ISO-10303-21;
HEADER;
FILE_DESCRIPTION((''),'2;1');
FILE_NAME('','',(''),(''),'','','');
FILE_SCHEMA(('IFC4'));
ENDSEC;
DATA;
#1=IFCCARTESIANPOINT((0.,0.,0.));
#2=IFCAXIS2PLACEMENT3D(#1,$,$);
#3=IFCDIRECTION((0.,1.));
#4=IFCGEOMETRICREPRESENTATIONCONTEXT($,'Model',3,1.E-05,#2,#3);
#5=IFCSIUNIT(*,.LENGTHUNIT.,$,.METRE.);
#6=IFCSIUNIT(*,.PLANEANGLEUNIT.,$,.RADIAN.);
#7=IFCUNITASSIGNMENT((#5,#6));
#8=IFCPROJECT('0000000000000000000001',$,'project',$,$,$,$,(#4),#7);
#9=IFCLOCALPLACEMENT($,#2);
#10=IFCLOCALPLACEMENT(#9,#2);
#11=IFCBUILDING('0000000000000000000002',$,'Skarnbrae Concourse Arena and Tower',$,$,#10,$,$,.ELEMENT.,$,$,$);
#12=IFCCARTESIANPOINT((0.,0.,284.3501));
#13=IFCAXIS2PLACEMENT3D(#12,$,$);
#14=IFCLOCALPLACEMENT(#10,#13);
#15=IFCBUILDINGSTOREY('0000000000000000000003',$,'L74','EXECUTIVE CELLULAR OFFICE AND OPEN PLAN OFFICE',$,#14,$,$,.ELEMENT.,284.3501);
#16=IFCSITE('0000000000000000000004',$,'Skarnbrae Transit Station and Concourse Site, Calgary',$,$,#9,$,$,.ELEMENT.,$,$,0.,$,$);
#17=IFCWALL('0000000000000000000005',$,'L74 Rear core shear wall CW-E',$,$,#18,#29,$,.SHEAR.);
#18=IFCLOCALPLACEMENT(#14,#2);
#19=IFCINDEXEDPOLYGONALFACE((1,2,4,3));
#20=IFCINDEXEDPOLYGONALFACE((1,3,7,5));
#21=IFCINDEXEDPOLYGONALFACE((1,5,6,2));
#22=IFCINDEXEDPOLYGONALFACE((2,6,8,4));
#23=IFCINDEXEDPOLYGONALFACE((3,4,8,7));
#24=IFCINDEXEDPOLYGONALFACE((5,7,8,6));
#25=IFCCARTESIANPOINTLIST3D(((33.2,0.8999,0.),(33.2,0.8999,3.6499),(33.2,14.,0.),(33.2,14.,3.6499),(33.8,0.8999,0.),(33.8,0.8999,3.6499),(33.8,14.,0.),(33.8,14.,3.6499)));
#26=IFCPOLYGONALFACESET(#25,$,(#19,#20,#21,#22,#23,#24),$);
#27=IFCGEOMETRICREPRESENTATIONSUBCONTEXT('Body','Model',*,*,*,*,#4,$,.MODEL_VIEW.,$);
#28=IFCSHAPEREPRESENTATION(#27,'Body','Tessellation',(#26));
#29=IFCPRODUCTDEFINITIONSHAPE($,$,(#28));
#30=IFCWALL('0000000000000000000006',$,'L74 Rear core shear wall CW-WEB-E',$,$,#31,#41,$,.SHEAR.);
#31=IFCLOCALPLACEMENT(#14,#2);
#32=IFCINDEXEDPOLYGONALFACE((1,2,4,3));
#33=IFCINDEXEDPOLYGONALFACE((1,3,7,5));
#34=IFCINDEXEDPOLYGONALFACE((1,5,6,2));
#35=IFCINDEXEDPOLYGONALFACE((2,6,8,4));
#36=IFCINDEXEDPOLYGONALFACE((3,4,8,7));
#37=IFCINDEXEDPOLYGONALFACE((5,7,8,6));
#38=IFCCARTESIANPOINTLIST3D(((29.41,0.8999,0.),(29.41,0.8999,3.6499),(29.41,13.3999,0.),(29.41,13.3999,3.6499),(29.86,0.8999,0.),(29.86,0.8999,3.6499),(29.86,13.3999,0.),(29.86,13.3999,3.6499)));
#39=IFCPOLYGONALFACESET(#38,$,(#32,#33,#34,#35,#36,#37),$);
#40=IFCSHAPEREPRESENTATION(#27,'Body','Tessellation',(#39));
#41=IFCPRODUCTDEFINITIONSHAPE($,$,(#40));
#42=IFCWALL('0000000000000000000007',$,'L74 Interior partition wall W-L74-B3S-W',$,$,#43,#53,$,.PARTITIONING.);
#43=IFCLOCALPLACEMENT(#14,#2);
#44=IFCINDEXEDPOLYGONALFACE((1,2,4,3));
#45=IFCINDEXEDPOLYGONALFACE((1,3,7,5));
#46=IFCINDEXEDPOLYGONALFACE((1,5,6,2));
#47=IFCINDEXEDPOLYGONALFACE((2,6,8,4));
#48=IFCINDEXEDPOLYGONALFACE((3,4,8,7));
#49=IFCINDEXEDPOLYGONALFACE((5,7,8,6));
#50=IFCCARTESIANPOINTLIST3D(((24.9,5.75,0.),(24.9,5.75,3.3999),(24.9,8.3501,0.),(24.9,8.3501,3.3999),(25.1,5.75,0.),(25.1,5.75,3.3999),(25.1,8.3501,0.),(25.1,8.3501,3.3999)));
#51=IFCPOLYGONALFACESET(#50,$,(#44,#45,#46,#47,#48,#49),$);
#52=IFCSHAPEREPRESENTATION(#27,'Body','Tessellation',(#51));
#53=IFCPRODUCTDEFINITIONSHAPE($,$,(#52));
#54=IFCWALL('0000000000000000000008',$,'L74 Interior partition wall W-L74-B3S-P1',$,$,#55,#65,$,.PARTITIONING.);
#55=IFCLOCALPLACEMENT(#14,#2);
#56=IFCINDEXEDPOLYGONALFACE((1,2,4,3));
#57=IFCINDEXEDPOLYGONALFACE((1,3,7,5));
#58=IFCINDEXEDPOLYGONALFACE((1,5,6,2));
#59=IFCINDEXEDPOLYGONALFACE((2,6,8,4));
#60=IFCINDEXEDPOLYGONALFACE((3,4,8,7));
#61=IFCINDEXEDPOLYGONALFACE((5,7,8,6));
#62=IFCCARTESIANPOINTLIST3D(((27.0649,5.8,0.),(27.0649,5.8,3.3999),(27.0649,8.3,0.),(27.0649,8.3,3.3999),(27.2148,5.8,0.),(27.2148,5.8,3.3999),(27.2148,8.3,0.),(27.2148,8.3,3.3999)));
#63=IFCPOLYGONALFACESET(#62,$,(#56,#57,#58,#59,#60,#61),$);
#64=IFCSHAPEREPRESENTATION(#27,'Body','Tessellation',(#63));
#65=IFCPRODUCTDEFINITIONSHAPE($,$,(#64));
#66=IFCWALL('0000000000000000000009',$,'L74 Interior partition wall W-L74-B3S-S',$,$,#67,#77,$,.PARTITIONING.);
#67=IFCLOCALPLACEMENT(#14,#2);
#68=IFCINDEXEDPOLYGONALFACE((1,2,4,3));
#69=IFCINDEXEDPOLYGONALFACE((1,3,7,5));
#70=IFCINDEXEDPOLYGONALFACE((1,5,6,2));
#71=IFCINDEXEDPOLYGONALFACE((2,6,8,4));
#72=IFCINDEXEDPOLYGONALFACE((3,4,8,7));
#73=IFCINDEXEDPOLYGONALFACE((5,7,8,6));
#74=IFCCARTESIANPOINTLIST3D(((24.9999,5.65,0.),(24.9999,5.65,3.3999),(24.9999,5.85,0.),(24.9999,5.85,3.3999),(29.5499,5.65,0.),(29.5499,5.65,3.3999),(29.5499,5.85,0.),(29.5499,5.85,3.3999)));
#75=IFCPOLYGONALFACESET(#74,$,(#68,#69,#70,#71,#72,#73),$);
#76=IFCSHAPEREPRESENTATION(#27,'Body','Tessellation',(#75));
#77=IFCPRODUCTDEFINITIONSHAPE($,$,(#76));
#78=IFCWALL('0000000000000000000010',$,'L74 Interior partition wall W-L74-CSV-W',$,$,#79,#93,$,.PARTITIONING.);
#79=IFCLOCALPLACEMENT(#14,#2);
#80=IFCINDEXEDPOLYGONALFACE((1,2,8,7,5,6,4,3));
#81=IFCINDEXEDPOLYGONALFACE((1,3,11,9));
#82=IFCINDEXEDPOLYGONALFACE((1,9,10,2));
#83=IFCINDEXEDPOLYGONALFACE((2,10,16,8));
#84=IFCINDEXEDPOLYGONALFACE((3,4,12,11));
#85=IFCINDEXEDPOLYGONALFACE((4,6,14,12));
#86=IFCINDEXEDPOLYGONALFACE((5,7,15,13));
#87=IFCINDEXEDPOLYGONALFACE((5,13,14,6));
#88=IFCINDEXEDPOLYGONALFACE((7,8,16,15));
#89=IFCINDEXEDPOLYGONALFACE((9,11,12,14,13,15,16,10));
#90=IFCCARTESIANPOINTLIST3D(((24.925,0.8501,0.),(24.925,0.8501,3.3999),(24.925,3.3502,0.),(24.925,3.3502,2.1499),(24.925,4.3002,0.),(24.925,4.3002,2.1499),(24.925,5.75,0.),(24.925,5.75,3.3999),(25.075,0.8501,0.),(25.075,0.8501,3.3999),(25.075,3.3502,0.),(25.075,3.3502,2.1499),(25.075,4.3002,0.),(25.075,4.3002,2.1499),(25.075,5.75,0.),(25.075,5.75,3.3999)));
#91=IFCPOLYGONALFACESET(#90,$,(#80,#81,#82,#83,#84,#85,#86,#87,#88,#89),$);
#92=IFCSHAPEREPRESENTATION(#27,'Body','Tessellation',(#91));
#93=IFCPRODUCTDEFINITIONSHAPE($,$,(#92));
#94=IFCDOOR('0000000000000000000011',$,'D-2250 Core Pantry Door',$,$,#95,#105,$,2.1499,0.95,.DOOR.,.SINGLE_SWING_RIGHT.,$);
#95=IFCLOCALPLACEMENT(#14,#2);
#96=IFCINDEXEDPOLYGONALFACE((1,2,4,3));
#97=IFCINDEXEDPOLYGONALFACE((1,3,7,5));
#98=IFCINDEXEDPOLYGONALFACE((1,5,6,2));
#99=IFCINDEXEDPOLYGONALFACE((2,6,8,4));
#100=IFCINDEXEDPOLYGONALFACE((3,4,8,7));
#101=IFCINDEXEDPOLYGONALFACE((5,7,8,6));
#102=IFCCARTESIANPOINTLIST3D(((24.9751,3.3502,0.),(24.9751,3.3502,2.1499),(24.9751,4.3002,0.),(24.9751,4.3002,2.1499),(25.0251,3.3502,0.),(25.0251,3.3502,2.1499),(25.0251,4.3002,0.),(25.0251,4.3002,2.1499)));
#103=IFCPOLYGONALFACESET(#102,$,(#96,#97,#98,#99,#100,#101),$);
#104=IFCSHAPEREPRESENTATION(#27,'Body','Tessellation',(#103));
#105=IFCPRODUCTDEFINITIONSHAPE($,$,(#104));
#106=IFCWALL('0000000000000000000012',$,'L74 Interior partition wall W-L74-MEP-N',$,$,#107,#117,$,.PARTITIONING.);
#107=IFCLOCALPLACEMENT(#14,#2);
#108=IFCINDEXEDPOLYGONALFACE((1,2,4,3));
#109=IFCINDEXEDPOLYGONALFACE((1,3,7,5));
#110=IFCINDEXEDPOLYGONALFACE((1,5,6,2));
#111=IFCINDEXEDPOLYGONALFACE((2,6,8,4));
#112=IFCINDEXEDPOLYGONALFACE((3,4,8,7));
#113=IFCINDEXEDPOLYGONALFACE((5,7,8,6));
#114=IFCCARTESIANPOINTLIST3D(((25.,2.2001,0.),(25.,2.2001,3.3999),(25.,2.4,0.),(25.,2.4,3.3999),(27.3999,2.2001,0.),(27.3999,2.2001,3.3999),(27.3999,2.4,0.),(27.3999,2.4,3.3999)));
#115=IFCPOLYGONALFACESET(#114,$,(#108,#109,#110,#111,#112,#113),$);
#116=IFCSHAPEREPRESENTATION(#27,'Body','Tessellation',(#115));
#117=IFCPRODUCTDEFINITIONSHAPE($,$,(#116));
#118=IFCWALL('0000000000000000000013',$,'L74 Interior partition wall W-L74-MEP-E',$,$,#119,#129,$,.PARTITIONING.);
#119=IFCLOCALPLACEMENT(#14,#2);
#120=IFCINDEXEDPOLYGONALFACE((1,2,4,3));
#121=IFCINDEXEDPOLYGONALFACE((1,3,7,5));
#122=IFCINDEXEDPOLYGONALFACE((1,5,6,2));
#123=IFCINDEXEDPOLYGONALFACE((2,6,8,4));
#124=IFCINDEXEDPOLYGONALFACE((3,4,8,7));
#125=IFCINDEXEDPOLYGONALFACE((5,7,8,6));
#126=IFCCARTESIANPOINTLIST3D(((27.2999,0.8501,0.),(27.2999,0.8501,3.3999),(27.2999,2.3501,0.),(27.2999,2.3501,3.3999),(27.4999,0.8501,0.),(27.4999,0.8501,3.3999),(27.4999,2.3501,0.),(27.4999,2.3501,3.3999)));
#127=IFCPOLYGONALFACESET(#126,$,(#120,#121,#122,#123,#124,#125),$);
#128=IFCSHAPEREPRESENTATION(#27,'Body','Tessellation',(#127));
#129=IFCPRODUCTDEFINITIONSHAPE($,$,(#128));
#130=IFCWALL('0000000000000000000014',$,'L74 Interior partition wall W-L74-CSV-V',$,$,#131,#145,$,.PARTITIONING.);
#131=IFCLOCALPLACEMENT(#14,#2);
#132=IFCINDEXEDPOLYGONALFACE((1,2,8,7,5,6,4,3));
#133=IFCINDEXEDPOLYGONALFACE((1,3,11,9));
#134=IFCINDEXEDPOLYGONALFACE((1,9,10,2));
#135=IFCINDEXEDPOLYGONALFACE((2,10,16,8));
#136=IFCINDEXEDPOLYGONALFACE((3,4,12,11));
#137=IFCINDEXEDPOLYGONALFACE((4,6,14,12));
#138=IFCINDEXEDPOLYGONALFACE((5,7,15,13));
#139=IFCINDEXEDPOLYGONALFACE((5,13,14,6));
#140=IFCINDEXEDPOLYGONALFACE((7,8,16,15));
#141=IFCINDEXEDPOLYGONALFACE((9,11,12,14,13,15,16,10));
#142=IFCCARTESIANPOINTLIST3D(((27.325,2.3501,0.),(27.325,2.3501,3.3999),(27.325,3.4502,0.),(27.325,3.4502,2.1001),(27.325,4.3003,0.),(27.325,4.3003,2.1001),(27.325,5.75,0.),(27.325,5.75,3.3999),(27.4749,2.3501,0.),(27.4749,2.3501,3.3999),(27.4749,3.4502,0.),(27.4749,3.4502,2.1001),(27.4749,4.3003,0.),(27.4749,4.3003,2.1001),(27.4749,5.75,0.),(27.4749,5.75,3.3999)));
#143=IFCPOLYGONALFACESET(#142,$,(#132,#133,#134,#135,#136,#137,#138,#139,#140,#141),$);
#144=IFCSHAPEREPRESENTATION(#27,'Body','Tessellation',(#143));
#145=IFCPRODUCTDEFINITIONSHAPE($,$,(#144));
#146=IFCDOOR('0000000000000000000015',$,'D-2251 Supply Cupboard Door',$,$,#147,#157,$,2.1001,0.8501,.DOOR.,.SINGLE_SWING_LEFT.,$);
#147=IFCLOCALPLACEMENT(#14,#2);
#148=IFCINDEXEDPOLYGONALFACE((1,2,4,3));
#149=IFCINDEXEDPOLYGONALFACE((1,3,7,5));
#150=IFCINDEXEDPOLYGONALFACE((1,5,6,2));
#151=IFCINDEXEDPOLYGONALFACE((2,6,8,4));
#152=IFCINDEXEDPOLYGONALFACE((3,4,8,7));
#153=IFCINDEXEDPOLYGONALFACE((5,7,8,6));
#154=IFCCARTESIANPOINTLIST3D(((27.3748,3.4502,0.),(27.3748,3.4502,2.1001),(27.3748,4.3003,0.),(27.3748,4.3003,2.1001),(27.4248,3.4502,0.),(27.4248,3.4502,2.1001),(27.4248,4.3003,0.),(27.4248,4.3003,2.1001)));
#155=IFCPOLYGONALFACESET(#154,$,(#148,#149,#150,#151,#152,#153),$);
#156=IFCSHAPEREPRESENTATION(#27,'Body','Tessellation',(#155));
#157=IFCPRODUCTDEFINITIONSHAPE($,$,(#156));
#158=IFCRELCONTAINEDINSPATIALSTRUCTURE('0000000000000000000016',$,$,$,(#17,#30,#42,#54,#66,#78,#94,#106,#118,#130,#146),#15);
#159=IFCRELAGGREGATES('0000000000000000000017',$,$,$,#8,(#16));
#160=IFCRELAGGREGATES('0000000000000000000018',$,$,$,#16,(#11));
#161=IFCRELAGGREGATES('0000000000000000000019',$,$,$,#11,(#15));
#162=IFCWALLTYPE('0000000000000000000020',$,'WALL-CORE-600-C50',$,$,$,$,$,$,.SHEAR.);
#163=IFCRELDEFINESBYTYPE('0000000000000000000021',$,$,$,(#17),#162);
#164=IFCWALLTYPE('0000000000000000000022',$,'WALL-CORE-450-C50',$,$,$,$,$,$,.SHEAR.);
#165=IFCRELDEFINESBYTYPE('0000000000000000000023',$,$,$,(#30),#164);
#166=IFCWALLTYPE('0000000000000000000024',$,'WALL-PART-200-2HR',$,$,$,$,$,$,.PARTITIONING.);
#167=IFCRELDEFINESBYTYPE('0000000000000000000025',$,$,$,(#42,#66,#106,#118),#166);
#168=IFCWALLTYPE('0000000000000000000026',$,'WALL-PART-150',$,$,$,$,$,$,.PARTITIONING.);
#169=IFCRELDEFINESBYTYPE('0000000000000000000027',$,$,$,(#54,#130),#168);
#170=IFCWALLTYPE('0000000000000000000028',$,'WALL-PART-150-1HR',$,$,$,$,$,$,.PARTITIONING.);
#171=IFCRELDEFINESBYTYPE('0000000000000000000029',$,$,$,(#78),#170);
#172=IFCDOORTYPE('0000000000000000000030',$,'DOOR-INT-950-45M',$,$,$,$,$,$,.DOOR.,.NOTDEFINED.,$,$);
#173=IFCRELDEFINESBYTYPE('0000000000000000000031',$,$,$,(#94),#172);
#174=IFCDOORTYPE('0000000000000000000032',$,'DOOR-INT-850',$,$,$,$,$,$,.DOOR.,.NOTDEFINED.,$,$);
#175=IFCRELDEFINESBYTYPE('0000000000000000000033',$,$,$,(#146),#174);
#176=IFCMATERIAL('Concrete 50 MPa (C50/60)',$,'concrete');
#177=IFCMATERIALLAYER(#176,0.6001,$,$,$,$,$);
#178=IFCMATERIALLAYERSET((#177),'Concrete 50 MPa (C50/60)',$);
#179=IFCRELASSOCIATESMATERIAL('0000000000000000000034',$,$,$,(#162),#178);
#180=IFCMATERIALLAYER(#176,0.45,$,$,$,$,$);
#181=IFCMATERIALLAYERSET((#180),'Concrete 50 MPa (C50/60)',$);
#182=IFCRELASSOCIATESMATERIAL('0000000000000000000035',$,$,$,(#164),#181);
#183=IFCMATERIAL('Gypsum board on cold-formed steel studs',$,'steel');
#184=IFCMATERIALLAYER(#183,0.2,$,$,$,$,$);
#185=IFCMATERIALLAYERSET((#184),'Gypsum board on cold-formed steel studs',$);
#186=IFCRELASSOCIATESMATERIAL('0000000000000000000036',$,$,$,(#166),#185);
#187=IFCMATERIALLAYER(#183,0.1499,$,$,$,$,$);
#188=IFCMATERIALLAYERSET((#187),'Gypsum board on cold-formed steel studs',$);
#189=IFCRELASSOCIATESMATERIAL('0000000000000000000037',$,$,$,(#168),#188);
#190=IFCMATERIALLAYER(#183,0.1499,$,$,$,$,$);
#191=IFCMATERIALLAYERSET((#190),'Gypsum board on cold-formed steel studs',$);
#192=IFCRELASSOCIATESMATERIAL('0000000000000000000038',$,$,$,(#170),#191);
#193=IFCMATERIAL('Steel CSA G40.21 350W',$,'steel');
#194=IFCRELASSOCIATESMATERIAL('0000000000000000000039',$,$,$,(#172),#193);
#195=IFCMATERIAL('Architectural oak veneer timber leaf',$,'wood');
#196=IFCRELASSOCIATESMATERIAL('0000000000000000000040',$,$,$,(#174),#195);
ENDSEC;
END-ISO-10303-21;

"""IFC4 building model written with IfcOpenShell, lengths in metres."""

from ifc_helpers import new_model, si_unit, direction, frame, frame_2d, origin, place, context, subcontext, project, spatial, rectangle, extrude, source, transform, mapped, material, layer, layer_set, type_object, element, fill, save


model = new_model("IFC4")

# Units and contexts
model_context = context("Model", 3, precision=1e-05, world=origin(), true_north=direction((0.0, 1.0)))
body_context = subcontext(model_context, "Body", "Model", "MODEL_VIEW")
ifc_project = project(units=[si_unit("LENGTHUNIT", "METRE"), si_unit("PLANEANGLEUNIT", "RADIAN")], contexts=[model_context])

# Site, building, storey
site_placement = place(None, origin())
site = spatial("IfcSite", under=ifc_project, at=site_placement, Name="Skarnbrae Transit Station and Concourse Site, Calgary", CompositionType="ELEMENT", RefElevation=0.0)
building_placement = place(site_placement, origin())
building = spatial("IfcBuilding", under=site, at=building_placement, Name="Skarnbrae Concourse Arena and Tower", CompositionType="ELEMENT")
storey_placement = place(building_placement, frame((0.0, 0.0, 284.3501)))
storey = spatial("IfcBuildingStorey", under=building, at=storey_placement, Name="L74", Description="EXECUTIVE CELLULAR OFFICE AND OPEN PLAN OFFICE", CompositionType="ELEMENT", Elevation=284.3501)

# Walls
ifc_material_1 = material(Name="Concrete 50 MPa (C50/60)", Category="concrete")
ifc_layer_1 = layer(ifc_material_1, 0.6001)
ifc_layer_set_1 = layer_set([ifc_layer_1], Name="Concrete 50 MPa (C50/60)")
wall_type_1 = type_object("IfcWallType", Name="WALL-CORE-600-C50", PredefinedType="SHEAR", material=ifc_layer_set_1)
shared_shape_1 = source(origin(), body_context, "Body", "SweptSolid", [
    extrude(rectangle(XDim=13.1001, YDim=0.6001, at=frame_2d((6.55, 0.0))), origin(), (0.0, 0.0, 1.0), 3.6499),
])
wall_1_placement = place(storey_placement, frame((33.5, 0.8999, 0.0), z_axis=(0.0, 0.0, 1.0), x_axis=(0.0, 1.0, 0.0)))
element("IfcWall", 1, at=wall_1_placement, inside=storey, type_object=wall_type_1, Name="L74 Rear core shear wall CW-E", PredefinedType="SHEAR", context=body_context, shape_type="MappedRepresentation", body=[
    mapped(shared_shape_1, transform((0.0, 0.0, 0.0))),
])
ifc_layer_2 = layer(ifc_material_1, 0.45)
ifc_layer_set_2 = layer_set([ifc_layer_2], Name="Concrete 50 MPa (C50/60)")
wall_type_2 = type_object("IfcWallType", Name="WALL-CORE-450-C50", PredefinedType="SHEAR", material=ifc_layer_set_2)
shared_shape_2 = source(origin(), body_context, "Body", "SweptSolid", [
    extrude(rectangle(XDim=12.5, YDim=0.45, at=frame_2d((6.25, 0.0))), origin(), (0.0, 0.0, 1.0), 3.6499),
])
wall_2_placement = place(storey_placement, frame((29.635, 0.8999, 0.0), z_axis=(0.0, 0.0, 1.0), x_axis=(0.0, 1.0, 0.0)))
element("IfcWall", 2, at=wall_2_placement, inside=storey, type_object=wall_type_2, Name="L74 Rear core shear wall CW-WEB-E", PredefinedType="SHEAR", context=body_context, shape_type="MappedRepresentation", body=[
    mapped(shared_shape_2, transform((0.0, 0.0, 0.0))),
])
ifc_material_2 = material(Name="Gypsum board on cold-formed steel studs", Category="steel")
ifc_layer_3 = layer(ifc_material_2, 0.2)
ifc_layer_set_3 = layer_set([ifc_layer_3], Name="Gypsum board on cold-formed steel studs")
wall_type_3 = type_object("IfcWallType", Name="WALL-PART-200-2HR", PredefinedType="PARTITIONING", material=ifc_layer_set_3)
shared_shape_3 = source(origin(), body_context, "Body", "SweptSolid", [
    extrude(rectangle(XDim=2.6001, YDim=0.2, at=frame_2d((1.3, 0.0))), origin(), (0.0, 0.0, 1.0), 3.3999),
])
wall_3_placement = place(storey_placement, frame((25.0, 5.75, 0.0), z_axis=(0.0, 0.0, 1.0), x_axis=(0.0, 1.0, 0.0)))
element("IfcWall", 3, at=wall_3_placement, inside=storey, type_object=wall_type_3, Name="L74 Interior partition wall W-L74-B3S-W", PredefinedType="PARTITIONING", context=body_context, shape_type="MappedRepresentation", body=[
    mapped(shared_shape_3, transform((0.0, 0.0, 0.0))),
])
ifc_layer_4 = layer(ifc_material_2, 0.1499)
ifc_layer_set_4 = layer_set([ifc_layer_4], Name="Gypsum board on cold-formed steel studs")
wall_type_4 = type_object("IfcWallType", Name="WALL-PART-150", PredefinedType="PARTITIONING", material=ifc_layer_set_4)
shared_shape_4 = source(origin(), body_context, "Body", "SweptSolid", [
    extrude(rectangle(XDim=2.5, YDim=0.1499, at=frame_2d((1.25, 0.0))), origin(), (0.0, 0.0, 1.0), 3.3999),
])
wall_4_placement = place(storey_placement, frame((27.1399, 5.8, 0.0), z_axis=(0.0, 0.0, 1.0), x_axis=(0.0, 1.0, 0.0)))
element("IfcWall", 4, at=wall_4_placement, inside=storey, type_object=wall_type_4, Name="L74 Interior partition wall W-L74-B3S-P1", PredefinedType="PARTITIONING", context=body_context, shape_type="MappedRepresentation", body=[
    mapped(shared_shape_4, transform((0.0, 0.0, 0.0))),
])

# Shared definitions
shared_shape_5 = source(origin(), body_context, "Body", "SweptSolid", [
    extrude(rectangle(XDim=4.55, YDim=0.2, at=frame_2d((2.2749, 0.0))), origin(), (0.0, 0.0, 1.0), 3.3999),
])

# Wall
wall_5_placement = place(storey_placement, frame((25.0, 5.75, 0.0), z_axis=(0.0, 0.0, 1.0), x_axis=(1.0, 0.0, 0.0)))
element("IfcWall", 5, at=wall_5_placement, inside=storey, type_object=wall_type_3, Name="L74 Interior partition wall W-L74-B3S-S", PredefinedType="PARTITIONING", context=body_context, shape_type="MappedRepresentation", body=[
    mapped(shared_shape_5, transform((0.0, 0.0, 0.0))),
])

# Wall, opening, door
ifc_layer_5 = layer(ifc_material_2, 0.1499)
ifc_layer_set_5 = layer_set([ifc_layer_5], Name="Gypsum board on cold-formed steel studs")
wall_type_5 = type_object("IfcWallType", Name="WALL-PART-150-1HR", PredefinedType="PARTITIONING", material=ifc_layer_set_5)
shared_shape_6 = source(origin(), body_context, "Body", "SweptSolid", [
    extrude(rectangle(XDim=4.8999, YDim=0.1499, at=frame_2d((2.45, 0.0))), origin(), (0.0, 0.0, 1.0), 3.3999),
])
wall_6_placement = place(storey_placement, frame((25.0, 0.8501, 0.0), z_axis=(0.0, 0.0, 1.0), x_axis=(0.0, 1.0, 0.0)))
wall_6 = element("IfcWall", 6, at=wall_6_placement, inside=storey, type_object=wall_type_5, Name="L74 Interior partition wall W-L74-CSV-W", PredefinedType="PARTITIONING", context=body_context, shape_type="MappedRepresentation", body=[
    mapped(shared_shape_6, transform((0.0, 0.0, 0.0))),
])
opening_1_placement = place(wall_6_placement, frame((2.5, 0.0, 0.0)))
opening_1 = element("IfcOpeningElement", 7, at=opening_1_placement, cuts=wall_6, PredefinedType="OPENING", context=body_context, shape_type="SweptSolid", body=[
    extrude(rectangle(XDim=0.95, YDim=2.1499, at=frame_2d((0.4751, 1.075))), frame((0.0, 0.085, 0.0), z_axis=(0.0, -1.0, 0.0), x_axis=(1.0, 0.0, 0.0)), (0.0, 0.0, 1.0), 0.1699),
])
ifc_material_3 = material(Name="Steel CSA G40.21 350W", Category="steel")
door_type_1 = type_object("IfcDoorType", Name="DOOR-INT-950-45M", OperationType="NOTDEFINED", PredefinedType="DOOR", material=ifc_material_3)
shared_shape_7 = source(origin(), body_context, "Body", "SweptSolid", [
    extrude(rectangle(XDim=0.95, YDim=2.1499, at=frame_2d((0.4751, 1.075))), frame((0.0, 0.0249, 0.0), z_axis=(0.0, -1.0, 0.0), x_axis=(1.0, 0.0, 0.0)), (0.0, 0.0, 1.0), 0.05),
])
door_1_placement = place(opening_1_placement, origin())
door_1 = element("IfcDoor", 8, at=door_1_placement, inside=storey, type_object=door_type_1, Name="D-2250 Core Pantry Door", OperationType="SINGLE_SWING_RIGHT", OverallHeight=2.1499, OverallWidth=0.95, PredefinedType="DOOR", context=body_context, shape_type="MappedRepresentation", body=[
    mapped(shared_shape_7, transform((0.0, 0.0, 0.0))),
])
fill(opening_1, door_1)

# Walls
shared_shape_8 = source(origin(), body_context, "Body", "SweptSolid", [
    extrude(rectangle(XDim=2.3999, YDim=0.2, at=frame_2d((1.2, 0.0))), origin(), (0.0, 0.0, 1.0), 3.3999),
])
wall_7_placement = place(storey_placement, frame((25.0, 2.3, 0.0), z_axis=(0.0, 0.0, 1.0), x_axis=(1.0, 0.0, 0.0)))
element("IfcWall", 9, at=wall_7_placement, inside=storey, type_object=wall_type_3, Name="L74 Interior partition wall W-L74-MEP-N", PredefinedType="PARTITIONING", context=body_context, shape_type="MappedRepresentation", body=[
    mapped(shared_shape_8, transform((0.0, 0.0, 0.0))),
])
shared_shape_9 = source(origin(), body_context, "Body", "SweptSolid", [
    extrude(rectangle(XDim=1.5, YDim=0.2, at=frame_2d((0.75, 0.0))), origin(), (0.0, 0.0, 1.0), 3.3999),
])
wall_8_placement = place(storey_placement, frame((27.3999, 0.8501, 0.0), z_axis=(0.0, 0.0, 1.0), x_axis=(0.0, 1.0, 0.0)))
element("IfcWall", 10, at=wall_8_placement, inside=storey, type_object=wall_type_3, Name="L74 Interior partition wall W-L74-MEP-E", PredefinedType="PARTITIONING", context=body_context, shape_type="MappedRepresentation", body=[
    mapped(shared_shape_9, transform((0.0, 0.0, 0.0))),
])

# Wall, opening, door
shared_shape_10 = source(origin(), body_context, "Body", "SweptSolid", [
    extrude(rectangle(XDim=3.3999, YDim=0.1499, at=frame_2d((1.7, 0.0))), origin(), (0.0, 0.0, 1.0), 3.3999),
])
wall_9_placement = place(storey_placement, frame((27.3999, 2.3501, 0.0), z_axis=(0.0, 0.0, 1.0), x_axis=(0.0, 1.0, 0.0)))
wall_9 = element("IfcWall", 11, at=wall_9_placement, inside=storey, type_object=wall_type_4, Name="L74 Interior partition wall W-L74-CSV-V", PredefinedType="PARTITIONING", context=body_context, shape_type="MappedRepresentation", body=[
    mapped(shared_shape_10, transform((0.0, 0.0, 0.0))),
])
opening_2_placement = place(wall_9_placement, frame((1.1001, 0.0, 0.0)))
opening_2 = element("IfcOpeningElement", 12, at=opening_2_placement, cuts=wall_9, PredefinedType="OPENING", context=body_context, shape_type="SweptSolid", body=[
    extrude(rectangle(XDim=0.8501, YDim=2.1001, at=frame_2d((0.425, 1.05))), frame((0.0, 0.085, 0.0), z_axis=(0.0, -1.0, 0.0), x_axis=(1.0, 0.0, 0.0)), (0.0, 0.0, 1.0), 0.1699),
])
ifc_material_4 = material(Name="Architectural oak veneer timber leaf", Category="wood")
door_type_2 = type_object("IfcDoorType", Name="DOOR-INT-850", OperationType="NOTDEFINED", PredefinedType="DOOR", material=ifc_material_4)
shared_shape_11 = source(origin(), body_context, "Body", "SweptSolid", [
    extrude(rectangle(XDim=0.8501, YDim=2.1001, at=frame_2d((0.425, 1.05))), frame((0.0, 0.0249, 0.0), z_axis=(0.0, -1.0, 0.0), x_axis=(1.0, 0.0, 0.0)), (0.0, 0.0, 1.0), 0.05),
])
door_2_placement = place(opening_2_placement, frame((0.8501, 0.0, 0.0), z_axis=(0.0, 0.0, 1.0), x_axis=(-1.0, 0.0, 0.0)))
door_2 = element("IfcDoor", 13, at=door_2_placement, inside=storey, type_object=door_type_2, Name="D-2251 Supply Cupboard Door", OperationType="SINGLE_SWING_LEFT", OverallHeight=2.1001, OverallWidth=0.8501, PredefinedType="DOOR", context=body_context, shape_type="MappedRepresentation", body=[
    mapped(shared_shape_11, transform((0.0, 0.0, 0.0))),
])
fill(opening_2, door_2)

save(model, "model.ifc")
